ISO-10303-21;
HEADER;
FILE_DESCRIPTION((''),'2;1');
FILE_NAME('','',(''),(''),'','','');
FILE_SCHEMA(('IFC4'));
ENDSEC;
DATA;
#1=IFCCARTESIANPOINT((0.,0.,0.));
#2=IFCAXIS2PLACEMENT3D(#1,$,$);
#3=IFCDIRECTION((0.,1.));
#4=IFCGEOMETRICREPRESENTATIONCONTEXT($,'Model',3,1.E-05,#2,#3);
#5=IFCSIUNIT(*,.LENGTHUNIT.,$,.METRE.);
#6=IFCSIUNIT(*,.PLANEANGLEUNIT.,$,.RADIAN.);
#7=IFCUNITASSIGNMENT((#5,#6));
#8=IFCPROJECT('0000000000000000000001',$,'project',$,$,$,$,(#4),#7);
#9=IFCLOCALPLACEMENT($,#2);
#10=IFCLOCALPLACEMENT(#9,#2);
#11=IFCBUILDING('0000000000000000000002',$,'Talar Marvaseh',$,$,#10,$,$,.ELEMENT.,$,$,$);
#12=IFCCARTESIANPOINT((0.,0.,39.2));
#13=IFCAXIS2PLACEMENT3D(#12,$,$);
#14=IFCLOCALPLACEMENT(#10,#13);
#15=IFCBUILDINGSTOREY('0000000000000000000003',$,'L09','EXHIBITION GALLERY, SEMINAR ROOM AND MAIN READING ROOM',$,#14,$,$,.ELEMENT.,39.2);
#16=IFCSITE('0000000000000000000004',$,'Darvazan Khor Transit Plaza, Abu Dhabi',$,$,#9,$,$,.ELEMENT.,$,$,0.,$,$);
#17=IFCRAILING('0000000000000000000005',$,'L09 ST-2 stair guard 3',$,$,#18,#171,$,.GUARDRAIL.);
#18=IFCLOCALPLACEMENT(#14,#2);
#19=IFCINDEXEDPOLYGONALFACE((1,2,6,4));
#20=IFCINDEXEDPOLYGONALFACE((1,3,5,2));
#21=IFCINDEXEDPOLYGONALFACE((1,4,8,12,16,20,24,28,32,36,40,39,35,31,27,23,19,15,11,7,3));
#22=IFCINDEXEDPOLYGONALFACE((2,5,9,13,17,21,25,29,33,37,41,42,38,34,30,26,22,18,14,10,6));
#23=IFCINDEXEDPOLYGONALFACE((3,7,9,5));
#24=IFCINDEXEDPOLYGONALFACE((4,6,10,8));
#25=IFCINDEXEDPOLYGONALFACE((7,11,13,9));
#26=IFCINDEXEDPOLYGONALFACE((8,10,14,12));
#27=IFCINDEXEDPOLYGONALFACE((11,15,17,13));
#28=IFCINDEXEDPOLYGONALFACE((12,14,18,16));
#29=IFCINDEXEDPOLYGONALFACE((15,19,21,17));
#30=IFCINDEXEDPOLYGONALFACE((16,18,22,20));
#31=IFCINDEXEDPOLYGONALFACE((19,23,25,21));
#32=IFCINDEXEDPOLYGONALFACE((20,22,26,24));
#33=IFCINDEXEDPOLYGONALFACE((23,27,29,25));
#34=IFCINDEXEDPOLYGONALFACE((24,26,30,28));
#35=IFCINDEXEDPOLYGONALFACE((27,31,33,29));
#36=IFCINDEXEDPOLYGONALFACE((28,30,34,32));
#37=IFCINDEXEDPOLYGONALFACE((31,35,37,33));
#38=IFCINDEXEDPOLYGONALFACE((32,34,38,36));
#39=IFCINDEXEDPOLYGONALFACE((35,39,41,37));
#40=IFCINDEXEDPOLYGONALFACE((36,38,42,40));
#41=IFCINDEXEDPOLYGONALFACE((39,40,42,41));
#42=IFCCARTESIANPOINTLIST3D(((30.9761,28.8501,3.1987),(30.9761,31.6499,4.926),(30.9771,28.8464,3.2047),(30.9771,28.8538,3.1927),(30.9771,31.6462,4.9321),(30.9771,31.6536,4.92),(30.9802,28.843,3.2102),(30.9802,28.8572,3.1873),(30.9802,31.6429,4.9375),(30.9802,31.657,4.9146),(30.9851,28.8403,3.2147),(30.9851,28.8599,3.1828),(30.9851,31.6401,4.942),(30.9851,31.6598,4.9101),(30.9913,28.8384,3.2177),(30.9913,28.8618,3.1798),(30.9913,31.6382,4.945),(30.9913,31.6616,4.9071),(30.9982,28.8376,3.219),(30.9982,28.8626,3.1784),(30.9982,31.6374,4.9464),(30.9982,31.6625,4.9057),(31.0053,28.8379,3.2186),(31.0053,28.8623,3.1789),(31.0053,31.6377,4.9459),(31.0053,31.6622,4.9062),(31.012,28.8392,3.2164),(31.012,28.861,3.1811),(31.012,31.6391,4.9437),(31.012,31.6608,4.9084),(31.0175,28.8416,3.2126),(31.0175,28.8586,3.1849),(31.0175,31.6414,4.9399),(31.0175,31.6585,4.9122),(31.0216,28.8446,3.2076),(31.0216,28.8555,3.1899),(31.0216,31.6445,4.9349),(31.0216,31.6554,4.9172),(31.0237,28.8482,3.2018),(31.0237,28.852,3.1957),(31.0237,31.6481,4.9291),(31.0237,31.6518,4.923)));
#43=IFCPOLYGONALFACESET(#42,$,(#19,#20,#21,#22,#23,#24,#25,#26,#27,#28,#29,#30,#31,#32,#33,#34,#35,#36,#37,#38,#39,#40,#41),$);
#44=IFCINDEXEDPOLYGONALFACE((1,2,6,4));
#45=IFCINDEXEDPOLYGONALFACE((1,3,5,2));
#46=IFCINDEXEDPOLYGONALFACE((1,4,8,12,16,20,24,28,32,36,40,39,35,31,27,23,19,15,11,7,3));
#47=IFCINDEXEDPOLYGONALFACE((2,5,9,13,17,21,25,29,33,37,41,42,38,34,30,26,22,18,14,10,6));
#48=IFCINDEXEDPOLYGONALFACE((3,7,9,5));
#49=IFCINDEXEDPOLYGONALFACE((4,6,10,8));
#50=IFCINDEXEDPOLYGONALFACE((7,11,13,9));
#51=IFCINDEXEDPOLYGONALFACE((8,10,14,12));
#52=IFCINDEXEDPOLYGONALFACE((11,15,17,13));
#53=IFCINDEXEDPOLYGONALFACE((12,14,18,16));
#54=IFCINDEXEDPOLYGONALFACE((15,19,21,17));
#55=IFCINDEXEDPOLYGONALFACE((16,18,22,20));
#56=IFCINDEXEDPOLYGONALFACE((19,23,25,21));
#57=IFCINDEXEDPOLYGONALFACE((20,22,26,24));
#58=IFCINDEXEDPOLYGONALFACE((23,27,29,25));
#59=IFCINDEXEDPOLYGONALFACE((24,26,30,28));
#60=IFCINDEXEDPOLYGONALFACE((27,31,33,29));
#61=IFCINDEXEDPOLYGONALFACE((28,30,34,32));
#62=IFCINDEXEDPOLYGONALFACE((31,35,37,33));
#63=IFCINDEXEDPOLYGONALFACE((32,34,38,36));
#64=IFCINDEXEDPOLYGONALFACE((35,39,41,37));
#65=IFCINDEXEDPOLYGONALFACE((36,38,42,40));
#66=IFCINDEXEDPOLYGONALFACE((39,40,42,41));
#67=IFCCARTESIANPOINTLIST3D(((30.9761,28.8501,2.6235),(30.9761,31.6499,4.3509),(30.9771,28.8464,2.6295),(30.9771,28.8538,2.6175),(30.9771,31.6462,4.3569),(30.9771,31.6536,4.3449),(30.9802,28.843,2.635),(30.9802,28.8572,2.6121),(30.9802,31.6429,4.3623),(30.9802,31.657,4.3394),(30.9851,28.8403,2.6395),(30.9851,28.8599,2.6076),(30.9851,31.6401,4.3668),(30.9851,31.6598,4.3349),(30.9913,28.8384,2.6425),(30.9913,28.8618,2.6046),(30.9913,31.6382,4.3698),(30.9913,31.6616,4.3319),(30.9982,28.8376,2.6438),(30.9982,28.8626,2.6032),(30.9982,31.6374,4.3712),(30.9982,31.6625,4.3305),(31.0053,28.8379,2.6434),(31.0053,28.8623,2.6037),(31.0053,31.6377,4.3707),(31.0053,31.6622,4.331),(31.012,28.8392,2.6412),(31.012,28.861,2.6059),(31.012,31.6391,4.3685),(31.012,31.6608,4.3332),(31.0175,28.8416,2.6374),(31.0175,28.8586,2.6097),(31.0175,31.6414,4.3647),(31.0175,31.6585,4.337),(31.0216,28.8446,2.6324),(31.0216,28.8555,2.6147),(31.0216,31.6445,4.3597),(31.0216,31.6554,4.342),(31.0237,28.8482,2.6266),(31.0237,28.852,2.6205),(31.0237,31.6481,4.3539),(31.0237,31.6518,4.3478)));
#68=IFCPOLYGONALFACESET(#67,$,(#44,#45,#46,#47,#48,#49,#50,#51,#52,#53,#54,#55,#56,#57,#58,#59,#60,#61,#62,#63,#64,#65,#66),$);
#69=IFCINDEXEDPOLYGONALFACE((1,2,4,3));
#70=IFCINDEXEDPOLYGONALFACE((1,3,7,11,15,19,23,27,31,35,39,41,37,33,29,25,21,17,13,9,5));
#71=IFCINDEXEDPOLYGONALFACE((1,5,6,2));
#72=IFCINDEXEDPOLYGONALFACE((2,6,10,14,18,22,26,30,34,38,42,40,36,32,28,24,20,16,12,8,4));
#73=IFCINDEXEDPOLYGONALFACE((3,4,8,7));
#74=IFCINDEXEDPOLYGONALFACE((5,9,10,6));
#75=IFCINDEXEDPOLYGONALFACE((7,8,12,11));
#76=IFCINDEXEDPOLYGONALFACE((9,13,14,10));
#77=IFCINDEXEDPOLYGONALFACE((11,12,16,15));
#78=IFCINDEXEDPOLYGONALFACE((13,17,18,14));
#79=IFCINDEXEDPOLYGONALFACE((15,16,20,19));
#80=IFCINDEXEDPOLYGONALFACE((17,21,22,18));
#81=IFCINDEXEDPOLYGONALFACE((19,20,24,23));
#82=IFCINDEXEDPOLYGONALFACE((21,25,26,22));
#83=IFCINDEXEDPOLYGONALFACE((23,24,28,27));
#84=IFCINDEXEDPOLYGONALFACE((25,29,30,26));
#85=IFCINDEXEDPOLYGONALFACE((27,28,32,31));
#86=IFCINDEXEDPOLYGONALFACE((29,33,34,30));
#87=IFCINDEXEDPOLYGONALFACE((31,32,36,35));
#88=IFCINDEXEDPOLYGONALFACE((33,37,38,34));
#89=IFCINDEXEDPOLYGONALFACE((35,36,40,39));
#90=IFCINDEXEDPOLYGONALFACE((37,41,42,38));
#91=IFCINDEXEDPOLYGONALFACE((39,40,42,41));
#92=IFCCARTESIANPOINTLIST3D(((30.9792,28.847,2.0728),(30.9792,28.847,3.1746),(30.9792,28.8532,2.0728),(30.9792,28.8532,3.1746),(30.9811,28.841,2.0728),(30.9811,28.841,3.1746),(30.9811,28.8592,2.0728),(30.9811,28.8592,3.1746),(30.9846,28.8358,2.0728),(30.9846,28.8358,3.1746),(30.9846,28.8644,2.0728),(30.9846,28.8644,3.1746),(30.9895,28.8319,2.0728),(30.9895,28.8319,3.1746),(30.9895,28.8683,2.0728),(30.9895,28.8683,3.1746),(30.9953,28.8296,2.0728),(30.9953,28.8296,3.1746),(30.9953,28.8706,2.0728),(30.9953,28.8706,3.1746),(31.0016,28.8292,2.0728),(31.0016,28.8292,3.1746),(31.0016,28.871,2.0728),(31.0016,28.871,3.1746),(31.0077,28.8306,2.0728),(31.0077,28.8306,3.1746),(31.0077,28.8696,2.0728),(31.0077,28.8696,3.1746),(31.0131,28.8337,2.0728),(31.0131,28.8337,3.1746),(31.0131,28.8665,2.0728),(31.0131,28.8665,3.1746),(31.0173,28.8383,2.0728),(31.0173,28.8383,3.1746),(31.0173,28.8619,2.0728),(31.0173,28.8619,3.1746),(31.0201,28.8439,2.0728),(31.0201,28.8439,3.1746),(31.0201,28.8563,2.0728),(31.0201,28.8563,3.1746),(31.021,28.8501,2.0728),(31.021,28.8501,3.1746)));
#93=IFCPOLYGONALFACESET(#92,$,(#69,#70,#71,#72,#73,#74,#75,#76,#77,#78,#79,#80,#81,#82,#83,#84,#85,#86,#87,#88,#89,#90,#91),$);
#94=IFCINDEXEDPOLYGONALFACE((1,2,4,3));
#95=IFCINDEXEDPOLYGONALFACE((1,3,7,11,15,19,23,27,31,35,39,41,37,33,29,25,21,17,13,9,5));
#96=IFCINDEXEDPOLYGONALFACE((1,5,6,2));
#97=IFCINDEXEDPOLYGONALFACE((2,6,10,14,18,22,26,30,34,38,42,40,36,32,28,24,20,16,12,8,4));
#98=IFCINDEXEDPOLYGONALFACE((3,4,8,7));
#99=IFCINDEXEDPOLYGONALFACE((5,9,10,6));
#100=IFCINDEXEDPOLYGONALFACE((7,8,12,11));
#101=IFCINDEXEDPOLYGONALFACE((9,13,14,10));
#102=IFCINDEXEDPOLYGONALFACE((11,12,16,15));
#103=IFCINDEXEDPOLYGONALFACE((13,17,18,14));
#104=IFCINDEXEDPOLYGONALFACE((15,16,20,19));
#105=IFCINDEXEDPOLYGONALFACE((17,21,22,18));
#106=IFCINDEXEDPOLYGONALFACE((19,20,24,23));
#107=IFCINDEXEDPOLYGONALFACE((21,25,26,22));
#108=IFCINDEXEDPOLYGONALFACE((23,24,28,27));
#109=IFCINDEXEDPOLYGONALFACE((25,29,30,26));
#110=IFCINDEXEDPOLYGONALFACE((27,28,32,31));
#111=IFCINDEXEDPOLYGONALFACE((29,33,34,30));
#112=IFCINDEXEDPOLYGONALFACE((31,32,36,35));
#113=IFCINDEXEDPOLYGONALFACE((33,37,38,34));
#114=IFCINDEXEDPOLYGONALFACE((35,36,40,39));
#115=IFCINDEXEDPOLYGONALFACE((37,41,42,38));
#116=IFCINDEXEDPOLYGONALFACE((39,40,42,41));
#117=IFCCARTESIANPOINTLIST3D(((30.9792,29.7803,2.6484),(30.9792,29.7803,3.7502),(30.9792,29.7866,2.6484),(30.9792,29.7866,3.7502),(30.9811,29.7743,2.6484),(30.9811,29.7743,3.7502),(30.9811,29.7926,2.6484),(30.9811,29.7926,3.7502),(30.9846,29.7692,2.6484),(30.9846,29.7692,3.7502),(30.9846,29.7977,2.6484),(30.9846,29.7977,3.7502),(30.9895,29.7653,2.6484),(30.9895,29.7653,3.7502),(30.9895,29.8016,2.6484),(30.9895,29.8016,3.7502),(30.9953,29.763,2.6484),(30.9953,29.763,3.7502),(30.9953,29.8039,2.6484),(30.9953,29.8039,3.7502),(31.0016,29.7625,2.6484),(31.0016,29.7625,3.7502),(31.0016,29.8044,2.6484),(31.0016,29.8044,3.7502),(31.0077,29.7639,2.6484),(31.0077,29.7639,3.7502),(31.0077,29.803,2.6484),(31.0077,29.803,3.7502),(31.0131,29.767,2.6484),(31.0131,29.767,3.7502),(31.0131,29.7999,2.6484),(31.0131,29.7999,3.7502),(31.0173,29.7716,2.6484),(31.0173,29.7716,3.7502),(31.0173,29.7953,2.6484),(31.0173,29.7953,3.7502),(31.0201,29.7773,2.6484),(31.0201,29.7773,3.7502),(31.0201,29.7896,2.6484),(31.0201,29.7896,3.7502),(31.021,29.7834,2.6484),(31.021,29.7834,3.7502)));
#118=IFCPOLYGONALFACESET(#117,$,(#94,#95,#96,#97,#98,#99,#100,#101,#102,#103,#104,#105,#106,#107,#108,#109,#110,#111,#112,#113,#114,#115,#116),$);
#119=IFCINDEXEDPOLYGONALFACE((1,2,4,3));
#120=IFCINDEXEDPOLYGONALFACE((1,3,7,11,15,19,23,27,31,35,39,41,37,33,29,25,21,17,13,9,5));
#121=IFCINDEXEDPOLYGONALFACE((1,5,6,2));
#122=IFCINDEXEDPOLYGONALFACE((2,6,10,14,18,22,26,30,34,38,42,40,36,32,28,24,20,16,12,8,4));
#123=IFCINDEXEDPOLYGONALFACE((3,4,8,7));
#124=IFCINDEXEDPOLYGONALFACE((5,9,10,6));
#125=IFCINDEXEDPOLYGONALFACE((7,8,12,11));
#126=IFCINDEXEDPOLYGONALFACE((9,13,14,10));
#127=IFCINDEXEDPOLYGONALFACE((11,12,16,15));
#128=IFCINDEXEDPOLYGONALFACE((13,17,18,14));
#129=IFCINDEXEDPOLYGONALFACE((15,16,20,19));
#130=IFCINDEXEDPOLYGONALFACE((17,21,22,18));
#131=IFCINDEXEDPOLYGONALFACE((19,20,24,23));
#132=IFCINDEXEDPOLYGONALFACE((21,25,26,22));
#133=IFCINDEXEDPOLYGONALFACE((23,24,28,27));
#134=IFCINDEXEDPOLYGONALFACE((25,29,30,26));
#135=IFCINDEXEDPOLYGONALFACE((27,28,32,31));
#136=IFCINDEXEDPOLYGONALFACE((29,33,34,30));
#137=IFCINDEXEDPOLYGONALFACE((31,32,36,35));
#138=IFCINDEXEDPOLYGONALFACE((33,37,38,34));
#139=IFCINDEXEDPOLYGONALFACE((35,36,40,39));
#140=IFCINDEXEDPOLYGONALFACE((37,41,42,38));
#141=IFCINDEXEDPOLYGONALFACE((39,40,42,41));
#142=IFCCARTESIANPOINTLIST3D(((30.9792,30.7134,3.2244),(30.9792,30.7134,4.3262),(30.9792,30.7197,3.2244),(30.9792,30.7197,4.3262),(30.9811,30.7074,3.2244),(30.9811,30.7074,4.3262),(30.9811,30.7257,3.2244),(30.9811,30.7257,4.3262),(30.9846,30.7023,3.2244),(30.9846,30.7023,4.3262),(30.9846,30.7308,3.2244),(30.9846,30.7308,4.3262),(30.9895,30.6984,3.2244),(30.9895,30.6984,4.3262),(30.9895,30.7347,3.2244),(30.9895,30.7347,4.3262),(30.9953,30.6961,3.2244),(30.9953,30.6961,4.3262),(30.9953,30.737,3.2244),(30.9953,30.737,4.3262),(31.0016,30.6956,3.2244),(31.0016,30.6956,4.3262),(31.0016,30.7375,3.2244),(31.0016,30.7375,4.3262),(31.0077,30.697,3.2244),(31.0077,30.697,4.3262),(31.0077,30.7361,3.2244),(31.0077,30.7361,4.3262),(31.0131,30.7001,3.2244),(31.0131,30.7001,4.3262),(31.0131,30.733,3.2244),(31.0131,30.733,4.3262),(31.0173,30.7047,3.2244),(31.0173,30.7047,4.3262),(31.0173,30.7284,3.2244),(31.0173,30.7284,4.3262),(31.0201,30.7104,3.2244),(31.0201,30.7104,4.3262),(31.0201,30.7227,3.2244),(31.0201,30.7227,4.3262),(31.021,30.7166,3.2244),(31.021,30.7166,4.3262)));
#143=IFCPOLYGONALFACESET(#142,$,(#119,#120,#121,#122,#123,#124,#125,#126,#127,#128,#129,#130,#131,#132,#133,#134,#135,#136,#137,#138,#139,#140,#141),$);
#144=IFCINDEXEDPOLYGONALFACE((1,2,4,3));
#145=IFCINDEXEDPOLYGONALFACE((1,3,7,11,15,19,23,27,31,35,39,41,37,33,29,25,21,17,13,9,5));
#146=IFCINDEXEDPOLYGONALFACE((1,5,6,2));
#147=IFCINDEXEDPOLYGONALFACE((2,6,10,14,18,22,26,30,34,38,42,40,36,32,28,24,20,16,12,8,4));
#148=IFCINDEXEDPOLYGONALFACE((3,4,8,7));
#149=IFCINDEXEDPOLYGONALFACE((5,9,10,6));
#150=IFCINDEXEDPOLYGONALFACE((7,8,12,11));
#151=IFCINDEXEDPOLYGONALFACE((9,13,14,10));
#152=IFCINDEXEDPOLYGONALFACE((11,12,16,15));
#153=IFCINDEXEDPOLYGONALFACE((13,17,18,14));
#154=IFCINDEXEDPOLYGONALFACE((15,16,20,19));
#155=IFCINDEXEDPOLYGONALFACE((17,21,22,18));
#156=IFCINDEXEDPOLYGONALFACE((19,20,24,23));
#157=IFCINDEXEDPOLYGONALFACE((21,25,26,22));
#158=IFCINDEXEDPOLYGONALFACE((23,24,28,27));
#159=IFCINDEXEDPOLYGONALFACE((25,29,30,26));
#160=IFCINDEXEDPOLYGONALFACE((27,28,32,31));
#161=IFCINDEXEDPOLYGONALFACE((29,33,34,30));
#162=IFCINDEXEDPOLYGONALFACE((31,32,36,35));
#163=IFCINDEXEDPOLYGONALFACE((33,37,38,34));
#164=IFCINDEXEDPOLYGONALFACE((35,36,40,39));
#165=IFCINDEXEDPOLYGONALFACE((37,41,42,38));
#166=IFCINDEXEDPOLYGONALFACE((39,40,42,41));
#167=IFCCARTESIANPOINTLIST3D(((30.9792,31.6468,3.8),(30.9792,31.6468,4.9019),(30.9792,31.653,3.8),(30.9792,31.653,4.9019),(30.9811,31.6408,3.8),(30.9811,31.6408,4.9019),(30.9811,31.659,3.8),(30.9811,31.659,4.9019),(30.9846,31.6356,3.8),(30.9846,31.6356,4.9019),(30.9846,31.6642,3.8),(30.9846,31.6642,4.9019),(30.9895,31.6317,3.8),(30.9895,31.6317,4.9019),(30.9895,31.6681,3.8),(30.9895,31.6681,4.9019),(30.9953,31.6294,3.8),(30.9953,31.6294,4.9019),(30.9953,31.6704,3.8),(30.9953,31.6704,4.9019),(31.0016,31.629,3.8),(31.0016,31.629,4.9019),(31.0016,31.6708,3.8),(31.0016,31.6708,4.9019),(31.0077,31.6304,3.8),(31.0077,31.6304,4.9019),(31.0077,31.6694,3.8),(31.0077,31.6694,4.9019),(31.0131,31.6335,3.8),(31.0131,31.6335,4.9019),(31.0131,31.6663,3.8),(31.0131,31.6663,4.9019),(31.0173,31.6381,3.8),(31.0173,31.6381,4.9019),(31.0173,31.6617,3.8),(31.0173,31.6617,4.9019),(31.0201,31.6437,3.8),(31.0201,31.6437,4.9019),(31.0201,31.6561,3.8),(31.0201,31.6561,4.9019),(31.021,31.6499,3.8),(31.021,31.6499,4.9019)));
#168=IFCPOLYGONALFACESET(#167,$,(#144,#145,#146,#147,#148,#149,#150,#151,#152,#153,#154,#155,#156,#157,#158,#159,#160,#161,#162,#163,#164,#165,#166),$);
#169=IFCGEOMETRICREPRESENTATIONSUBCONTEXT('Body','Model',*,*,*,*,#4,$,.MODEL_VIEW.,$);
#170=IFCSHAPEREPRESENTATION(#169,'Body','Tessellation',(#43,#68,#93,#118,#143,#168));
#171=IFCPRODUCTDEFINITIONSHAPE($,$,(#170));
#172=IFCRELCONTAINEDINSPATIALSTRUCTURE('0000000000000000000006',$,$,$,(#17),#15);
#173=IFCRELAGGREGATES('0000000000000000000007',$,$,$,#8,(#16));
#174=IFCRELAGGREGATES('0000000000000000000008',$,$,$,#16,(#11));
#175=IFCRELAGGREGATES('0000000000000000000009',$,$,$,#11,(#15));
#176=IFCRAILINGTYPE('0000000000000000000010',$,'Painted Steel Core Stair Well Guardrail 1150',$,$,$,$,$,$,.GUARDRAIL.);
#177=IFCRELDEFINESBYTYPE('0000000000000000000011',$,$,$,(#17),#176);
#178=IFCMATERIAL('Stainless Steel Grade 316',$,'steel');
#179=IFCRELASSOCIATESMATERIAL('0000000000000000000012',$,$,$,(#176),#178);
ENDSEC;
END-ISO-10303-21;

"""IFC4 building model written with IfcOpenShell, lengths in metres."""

from ifc_helpers import new_model, si_unit, direction, frame, origin, origin_2d, place, context, subcontext, project, spatial, circle, extrude, material, type_object, element, save


model = new_model("IFC4")

# Units and contexts
model_context = context("Model", 3, precision=1e-05, world=origin(), true_north=direction((0.0, 1.0)))
body_context = subcontext(model_context, "Body", "Model", "MODEL_VIEW")
ifc_project = project(units=[si_unit("LENGTHUNIT", "METRE"), si_unit("PLANEANGLEUNIT", "RADIAN")], contexts=[model_context])

# Site, building, storey
site_placement = place(None, origin())
site = spatial("IfcSite", under=ifc_project, at=site_placement, Name="Darvazan Khor Transit Plaza, Abu Dhabi", CompositionType="ELEMENT", RefElevation=0.0)
building_placement = place(site_placement, origin())
building = spatial("IfcBuilding", under=site, at=building_placement, Name="Talar Marvaseh", CompositionType="ELEMENT")
storey_placement = place(building_placement, frame((0.0, 0.0, 39.2)))
storey = spatial("IfcBuildingStorey", under=building, at=storey_placement, Name="L09", Description="EXHIBITION GALLERY, SEMINAR ROOM AND MAIN READING ROOM", CompositionType="ELEMENT", Elevation=39.2)

# Railing
ifc_material_1 = material(Name="Stainless Steel Grade 316", Category="steel")
railing_type_1 = type_object("IfcRailingType", Name="Painted Steel Core Stair Well Guardrail 1150", PredefinedType="GUARDRAIL", material=ifc_material_1)
railing_1_placement = place(storey_placement, frame((31.0, 28.8501, 2.0728)))
element("IfcRailing", 1, at=railing_1_placement, inside=storey, type_object=railing_type_1, Name="L09 ST-2 stair guard 3", PredefinedType="GUARDRAIL", context=body_context, shape_type="SweptSolid", body=[
    extrude(circle(Radius=0.0239, at=origin_2d()), frame((0.0, 0.0, 1.126), z_axis=(0.0, 0.851069, 0.525054), x_axis=(-1.0, 0.0, 0.0)), (0.0, 0.0, 1.0), 3.2898),
    extrude(circle(Radius=0.0239, at=origin_2d()), frame((0.0, 0.0, 0.5508), z_axis=(0.0, 0.851069, 0.525054), x_axis=(-1.0, 0.0, 0.0)), (0.0, 0.0, 1.0), 3.2898),
    extrude(circle(Radius=0.021, at=origin_2d()), origin(), (0.0, 0.0, 1.0), 1.1018),
    extrude(circle(Radius=0.021, at=origin_2d()), frame((0.0, 0.9333, 0.5757)), (0.0, 0.0, 1.0), 1.1018),
    extrude(circle(Radius=0.021, at=origin_2d()), frame((0.0, 1.8665, 1.1516)), (0.0, 0.0, 1.0), 1.1018),
    extrude(circle(Radius=0.021, at=origin_2d()), frame((0.0, 2.7998, 1.7273)), (0.0, 0.0, 1.0), 1.1018),
])

save(model, "model.ifc")
